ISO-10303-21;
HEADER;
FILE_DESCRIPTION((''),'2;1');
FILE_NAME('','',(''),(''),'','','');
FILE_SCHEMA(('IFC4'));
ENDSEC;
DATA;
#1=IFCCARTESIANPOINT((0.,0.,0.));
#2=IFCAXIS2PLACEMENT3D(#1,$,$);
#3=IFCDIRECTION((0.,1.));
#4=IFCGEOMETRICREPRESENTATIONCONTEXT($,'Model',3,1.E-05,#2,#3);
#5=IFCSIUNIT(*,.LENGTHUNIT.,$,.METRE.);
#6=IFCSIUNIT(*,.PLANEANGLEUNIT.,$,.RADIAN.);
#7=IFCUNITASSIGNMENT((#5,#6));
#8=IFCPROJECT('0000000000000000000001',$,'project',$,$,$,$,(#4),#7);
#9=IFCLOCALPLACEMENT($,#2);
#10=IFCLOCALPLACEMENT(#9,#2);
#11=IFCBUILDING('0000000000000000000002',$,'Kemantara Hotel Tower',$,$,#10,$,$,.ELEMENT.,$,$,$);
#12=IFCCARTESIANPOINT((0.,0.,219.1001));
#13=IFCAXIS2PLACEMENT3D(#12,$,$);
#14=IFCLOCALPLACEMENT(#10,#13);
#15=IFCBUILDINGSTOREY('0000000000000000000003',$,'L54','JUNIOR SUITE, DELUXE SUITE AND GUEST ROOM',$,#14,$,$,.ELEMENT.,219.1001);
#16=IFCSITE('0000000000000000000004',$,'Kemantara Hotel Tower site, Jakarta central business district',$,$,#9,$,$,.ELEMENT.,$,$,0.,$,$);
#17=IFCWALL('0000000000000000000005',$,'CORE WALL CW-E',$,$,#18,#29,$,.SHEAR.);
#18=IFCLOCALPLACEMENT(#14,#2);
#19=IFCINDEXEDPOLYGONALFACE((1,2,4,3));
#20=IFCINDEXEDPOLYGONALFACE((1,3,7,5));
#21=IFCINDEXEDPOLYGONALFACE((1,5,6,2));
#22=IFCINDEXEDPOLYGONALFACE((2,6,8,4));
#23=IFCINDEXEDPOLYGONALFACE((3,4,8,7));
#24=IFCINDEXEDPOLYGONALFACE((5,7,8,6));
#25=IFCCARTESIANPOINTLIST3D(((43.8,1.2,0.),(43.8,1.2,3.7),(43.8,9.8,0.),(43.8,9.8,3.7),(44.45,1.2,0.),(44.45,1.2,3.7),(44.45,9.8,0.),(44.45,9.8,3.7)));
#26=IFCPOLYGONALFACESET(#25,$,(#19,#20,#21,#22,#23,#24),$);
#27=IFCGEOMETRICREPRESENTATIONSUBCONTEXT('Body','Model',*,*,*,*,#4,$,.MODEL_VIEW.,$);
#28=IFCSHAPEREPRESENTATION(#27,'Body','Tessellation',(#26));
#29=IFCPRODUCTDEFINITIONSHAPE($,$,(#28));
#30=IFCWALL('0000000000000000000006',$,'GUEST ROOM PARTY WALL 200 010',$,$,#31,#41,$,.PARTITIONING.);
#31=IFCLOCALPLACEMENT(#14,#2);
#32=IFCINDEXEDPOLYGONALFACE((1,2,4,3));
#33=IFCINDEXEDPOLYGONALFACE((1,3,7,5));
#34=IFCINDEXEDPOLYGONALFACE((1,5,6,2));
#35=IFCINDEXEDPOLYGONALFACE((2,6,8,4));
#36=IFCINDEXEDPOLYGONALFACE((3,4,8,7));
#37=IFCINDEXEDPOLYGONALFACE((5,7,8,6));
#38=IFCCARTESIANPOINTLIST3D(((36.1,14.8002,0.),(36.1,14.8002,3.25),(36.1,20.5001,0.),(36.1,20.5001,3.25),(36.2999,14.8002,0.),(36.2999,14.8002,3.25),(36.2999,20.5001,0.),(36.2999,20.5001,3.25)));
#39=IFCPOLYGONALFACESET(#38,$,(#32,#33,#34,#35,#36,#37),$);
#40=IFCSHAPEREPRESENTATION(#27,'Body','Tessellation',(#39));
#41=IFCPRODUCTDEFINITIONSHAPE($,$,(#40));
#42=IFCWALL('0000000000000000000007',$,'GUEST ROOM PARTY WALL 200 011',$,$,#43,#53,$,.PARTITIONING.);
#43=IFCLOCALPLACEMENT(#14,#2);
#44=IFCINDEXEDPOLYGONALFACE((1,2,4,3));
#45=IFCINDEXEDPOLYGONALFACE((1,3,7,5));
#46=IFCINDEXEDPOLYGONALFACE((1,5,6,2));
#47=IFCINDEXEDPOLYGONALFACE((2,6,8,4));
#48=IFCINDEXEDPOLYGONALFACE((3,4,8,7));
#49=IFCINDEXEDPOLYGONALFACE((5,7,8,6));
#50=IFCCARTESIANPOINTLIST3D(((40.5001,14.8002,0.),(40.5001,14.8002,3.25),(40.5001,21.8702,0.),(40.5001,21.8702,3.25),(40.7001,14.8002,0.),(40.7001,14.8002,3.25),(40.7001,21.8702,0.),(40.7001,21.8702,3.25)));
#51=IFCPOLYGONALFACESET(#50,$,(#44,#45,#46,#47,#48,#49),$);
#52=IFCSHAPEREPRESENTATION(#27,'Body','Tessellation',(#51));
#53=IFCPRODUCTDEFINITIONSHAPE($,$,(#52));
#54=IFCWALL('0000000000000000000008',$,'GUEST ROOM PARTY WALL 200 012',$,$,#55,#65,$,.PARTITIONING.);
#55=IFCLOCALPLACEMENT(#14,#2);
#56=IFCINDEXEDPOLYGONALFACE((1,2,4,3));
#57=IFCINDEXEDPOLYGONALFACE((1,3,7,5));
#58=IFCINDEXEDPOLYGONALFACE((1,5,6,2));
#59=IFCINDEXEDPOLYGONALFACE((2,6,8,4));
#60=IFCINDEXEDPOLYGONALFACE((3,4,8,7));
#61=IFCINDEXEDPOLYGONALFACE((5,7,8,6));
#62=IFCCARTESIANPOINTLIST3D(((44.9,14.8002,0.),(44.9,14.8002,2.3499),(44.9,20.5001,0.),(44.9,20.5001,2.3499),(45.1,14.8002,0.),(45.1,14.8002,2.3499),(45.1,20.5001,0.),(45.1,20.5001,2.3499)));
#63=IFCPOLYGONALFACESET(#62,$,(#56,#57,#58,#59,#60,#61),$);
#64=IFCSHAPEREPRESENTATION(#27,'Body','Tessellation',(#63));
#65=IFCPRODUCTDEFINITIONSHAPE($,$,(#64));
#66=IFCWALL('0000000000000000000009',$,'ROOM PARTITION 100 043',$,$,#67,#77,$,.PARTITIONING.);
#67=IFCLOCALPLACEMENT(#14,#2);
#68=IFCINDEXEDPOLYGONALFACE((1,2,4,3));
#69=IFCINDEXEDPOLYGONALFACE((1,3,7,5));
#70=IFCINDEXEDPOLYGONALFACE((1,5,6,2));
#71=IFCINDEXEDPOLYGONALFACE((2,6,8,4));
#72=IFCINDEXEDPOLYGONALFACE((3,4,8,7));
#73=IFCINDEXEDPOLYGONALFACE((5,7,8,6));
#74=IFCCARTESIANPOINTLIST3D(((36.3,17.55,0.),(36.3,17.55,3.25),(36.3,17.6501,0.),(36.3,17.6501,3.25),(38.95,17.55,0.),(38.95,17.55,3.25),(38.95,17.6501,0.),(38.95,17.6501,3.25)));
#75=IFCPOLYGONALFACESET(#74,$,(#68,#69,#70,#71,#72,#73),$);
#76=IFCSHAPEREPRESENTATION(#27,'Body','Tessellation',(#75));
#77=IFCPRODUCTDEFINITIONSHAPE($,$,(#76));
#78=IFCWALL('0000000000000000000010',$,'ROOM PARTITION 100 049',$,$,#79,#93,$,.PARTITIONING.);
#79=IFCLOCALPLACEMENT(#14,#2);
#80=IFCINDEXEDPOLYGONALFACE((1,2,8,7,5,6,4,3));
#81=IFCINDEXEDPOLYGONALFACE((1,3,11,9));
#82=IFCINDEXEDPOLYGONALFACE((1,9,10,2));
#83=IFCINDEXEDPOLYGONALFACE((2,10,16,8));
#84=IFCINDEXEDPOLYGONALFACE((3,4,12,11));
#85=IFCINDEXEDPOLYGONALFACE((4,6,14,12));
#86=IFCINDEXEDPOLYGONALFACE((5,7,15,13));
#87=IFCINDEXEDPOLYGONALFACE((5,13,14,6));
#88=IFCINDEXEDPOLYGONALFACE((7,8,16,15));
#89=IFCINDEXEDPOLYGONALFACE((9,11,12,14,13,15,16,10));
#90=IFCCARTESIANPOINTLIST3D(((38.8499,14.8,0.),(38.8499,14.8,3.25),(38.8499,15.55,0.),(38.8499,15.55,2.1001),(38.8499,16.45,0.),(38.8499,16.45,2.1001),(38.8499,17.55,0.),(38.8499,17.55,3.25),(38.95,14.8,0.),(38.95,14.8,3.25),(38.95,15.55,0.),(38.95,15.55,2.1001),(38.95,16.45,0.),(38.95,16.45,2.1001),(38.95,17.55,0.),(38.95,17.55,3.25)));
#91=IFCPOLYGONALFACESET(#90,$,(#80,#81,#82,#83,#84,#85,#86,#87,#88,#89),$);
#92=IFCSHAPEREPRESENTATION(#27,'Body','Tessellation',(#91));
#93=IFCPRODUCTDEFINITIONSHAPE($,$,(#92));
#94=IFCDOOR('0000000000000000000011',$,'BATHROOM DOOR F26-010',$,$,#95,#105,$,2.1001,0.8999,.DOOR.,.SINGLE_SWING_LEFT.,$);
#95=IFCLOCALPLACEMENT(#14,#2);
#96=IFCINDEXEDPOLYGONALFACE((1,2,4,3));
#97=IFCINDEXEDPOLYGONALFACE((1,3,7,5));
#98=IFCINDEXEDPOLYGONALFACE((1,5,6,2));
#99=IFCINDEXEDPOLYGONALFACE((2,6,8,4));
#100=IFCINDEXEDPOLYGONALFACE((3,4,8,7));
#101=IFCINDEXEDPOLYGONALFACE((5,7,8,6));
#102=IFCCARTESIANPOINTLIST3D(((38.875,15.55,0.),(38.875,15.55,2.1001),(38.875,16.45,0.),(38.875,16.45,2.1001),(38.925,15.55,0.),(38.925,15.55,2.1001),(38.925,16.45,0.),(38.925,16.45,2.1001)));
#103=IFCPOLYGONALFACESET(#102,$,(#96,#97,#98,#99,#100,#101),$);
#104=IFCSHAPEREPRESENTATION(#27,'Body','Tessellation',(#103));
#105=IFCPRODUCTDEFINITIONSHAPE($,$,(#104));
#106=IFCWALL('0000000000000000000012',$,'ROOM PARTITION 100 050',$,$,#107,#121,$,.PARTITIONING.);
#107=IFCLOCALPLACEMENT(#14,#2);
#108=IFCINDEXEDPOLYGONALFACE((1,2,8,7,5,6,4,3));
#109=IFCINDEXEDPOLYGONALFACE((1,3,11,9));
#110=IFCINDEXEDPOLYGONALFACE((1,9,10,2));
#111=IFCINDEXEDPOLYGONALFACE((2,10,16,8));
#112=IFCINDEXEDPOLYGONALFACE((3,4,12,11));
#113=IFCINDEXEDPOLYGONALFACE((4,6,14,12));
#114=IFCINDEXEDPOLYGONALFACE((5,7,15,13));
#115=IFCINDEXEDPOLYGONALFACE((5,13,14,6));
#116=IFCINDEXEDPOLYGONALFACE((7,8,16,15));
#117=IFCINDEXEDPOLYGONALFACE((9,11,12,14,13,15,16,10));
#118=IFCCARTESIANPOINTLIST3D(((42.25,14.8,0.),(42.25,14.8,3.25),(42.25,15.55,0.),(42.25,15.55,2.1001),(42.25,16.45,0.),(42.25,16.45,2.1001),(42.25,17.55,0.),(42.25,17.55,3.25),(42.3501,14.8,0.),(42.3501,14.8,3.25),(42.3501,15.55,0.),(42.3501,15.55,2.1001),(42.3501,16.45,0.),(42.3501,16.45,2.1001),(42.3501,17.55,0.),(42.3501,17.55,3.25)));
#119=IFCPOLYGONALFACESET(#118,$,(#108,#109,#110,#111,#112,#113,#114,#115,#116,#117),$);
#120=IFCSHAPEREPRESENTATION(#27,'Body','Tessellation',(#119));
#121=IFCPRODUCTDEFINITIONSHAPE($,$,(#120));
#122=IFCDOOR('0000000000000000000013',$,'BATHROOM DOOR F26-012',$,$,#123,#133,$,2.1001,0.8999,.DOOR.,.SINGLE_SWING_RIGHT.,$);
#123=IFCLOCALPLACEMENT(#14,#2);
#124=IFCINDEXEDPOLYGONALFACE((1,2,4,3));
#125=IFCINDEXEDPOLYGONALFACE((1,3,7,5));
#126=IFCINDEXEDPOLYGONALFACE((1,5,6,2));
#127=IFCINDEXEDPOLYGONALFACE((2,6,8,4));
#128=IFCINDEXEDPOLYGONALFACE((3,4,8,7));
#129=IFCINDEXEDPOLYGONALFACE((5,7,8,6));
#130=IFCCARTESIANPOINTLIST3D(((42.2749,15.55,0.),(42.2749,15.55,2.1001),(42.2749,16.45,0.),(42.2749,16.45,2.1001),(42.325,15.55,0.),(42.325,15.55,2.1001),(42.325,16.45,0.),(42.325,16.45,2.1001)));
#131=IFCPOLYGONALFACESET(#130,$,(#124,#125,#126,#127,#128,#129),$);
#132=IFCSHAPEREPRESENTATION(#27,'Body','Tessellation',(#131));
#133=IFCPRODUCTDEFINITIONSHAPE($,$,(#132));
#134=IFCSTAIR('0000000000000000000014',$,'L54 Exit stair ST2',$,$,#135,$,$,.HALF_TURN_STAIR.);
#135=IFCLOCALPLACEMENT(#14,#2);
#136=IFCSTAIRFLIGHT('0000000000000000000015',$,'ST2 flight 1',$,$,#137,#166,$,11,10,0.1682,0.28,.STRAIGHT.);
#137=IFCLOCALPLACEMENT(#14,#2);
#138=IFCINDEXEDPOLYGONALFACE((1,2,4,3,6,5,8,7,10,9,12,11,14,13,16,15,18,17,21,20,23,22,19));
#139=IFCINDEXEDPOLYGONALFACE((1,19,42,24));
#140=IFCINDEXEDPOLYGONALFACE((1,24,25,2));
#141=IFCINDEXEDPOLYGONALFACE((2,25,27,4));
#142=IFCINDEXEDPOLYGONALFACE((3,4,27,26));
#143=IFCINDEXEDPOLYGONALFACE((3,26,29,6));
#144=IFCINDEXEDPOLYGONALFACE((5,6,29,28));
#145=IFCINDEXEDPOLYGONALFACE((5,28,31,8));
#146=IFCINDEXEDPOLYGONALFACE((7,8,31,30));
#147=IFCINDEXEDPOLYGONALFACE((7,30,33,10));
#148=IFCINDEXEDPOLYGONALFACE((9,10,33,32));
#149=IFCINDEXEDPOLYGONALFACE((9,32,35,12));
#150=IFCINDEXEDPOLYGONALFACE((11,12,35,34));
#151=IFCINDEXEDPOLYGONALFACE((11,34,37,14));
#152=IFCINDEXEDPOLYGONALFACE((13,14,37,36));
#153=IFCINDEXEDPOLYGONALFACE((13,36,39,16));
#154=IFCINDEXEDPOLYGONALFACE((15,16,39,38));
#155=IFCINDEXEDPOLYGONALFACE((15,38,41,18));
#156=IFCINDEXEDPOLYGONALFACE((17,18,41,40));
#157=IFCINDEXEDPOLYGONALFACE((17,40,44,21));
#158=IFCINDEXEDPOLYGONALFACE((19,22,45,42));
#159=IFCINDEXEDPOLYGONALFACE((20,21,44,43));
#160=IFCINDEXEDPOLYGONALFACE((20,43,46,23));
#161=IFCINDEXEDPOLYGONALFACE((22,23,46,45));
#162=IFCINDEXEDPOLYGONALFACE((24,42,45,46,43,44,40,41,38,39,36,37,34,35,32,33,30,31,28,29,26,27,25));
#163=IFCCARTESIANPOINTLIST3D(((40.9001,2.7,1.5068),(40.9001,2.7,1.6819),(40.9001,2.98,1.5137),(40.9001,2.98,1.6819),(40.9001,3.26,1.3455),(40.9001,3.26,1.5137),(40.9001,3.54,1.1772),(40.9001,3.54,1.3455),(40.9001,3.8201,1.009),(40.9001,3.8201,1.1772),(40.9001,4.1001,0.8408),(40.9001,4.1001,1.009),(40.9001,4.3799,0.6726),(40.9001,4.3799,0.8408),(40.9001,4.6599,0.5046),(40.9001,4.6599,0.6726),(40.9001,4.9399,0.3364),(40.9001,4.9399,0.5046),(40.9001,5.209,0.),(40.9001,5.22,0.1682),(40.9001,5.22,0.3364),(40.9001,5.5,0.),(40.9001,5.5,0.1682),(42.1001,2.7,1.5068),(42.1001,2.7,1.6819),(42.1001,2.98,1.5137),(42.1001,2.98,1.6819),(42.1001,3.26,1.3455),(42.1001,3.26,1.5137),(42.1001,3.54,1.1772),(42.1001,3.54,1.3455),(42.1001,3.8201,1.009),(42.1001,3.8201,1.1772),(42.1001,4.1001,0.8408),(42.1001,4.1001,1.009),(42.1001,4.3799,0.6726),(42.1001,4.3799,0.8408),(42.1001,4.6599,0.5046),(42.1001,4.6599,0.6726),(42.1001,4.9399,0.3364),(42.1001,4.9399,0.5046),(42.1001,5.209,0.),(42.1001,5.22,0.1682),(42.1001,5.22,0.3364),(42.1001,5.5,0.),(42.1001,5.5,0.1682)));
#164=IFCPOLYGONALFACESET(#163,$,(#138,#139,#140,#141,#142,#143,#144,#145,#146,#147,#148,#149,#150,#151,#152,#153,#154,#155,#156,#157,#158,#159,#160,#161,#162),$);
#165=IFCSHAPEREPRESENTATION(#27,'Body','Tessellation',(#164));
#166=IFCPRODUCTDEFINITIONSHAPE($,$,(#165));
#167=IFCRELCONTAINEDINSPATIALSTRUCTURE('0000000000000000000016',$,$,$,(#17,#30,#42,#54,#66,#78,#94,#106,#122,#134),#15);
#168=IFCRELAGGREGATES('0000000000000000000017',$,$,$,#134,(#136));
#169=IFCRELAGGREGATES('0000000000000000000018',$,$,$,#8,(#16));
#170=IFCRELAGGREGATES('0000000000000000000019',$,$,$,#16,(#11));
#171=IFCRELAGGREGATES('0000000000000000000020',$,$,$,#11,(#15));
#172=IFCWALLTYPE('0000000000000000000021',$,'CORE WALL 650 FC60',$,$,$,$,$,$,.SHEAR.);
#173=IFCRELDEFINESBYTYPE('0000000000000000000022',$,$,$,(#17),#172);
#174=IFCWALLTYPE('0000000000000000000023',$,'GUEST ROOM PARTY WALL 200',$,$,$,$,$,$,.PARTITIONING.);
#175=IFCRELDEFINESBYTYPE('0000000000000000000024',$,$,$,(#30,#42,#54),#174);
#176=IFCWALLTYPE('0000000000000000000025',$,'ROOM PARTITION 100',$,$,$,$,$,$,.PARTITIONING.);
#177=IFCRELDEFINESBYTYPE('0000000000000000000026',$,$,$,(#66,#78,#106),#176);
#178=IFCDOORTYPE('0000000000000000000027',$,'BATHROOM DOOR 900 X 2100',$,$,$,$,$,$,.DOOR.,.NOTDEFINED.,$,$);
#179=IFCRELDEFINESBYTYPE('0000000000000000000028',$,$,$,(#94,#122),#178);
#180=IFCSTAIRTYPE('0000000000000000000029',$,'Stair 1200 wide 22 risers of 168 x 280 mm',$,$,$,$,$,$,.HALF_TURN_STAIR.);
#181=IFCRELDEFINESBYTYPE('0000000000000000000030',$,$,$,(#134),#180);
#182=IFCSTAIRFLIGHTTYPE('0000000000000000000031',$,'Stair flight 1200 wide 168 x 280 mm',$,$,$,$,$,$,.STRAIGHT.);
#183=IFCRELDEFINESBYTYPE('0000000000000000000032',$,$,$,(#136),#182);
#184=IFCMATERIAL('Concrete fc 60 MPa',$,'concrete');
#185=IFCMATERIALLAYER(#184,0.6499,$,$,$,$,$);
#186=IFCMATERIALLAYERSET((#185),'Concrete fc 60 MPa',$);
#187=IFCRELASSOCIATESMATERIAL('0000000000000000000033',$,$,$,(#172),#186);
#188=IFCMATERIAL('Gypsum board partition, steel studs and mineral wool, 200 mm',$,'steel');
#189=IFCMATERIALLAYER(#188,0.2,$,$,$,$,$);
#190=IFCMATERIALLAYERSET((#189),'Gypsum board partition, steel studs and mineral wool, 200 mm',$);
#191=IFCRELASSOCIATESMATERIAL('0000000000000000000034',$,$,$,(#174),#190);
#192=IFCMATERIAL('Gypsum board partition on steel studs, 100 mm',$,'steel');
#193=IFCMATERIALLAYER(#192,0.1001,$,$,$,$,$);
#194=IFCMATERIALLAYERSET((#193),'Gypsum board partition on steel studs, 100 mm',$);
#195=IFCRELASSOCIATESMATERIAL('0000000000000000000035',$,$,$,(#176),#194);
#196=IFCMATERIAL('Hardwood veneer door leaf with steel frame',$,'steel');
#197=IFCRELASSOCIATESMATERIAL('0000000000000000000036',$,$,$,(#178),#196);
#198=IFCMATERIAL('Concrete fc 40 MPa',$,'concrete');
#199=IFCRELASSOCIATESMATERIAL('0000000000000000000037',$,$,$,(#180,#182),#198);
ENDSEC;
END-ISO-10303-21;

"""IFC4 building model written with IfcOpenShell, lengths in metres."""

from ifc_helpers import new_model, si_unit, direction, frame, frame_2d, origin, place, context, subcontext, project, spatial, polyline, rectangle, outline, extrude, material, layer, layer_set, type_object, element, fill, aggregate, save


model = new_model("IFC4")

# Units and contexts
model_context = context("Model", 3, precision=1e-05, world=origin(), true_north=direction((0.0, 1.0)))
body_context = subcontext(model_context, "Body", "Model", "MODEL_VIEW")
ifc_project = project(units=[si_unit("LENGTHUNIT", "METRE"), si_unit("PLANEANGLEUNIT", "RADIAN")], contexts=[model_context])

# Site, building, storey
site_placement = place(None, origin())
site = spatial("IfcSite", under=ifc_project, at=site_placement, Name="Kemantara Hotel Tower site, Jakarta central business district", CompositionType="ELEMENT", RefElevation=0.0)
building_placement = place(site_placement, origin())
building = spatial("IfcBuilding", under=site, at=building_placement, Name="Kemantara Hotel Tower", CompositionType="ELEMENT")
storey_placement = place(building_placement, frame((0.0, 0.0, 219.1001)))
storey = spatial("IfcBuildingStorey", under=building, at=storey_placement, Name="L54", Description="JUNIOR SUITE, DELUXE SUITE AND GUEST ROOM", CompositionType="ELEMENT", Elevation=219.1001)

# Shared definitions
ifc_material_1 = material(Name="Concrete fc 60 MPa", Category="concrete")

# Walls
ifc_layer_1 = layer(ifc_material_1, 0.6499)
ifc_layer_set_1 = layer_set([ifc_layer_1], Name="Concrete fc 60 MPa")
wall_type_1 = type_object("IfcWallType", Name="CORE WALL 650 FC60", PredefinedType="SHEAR", material=ifc_layer_set_1)
wall_1_placement = place(storey_placement, frame((44.125, 1.2, 0.0), z_axis=(0.0, 0.0, 1.0), x_axis=(0.0, 1.0, 0.0)))
element("IfcWall", 1, at=wall_1_placement, inside=storey, type_object=wall_type_1, Name="CORE WALL CW-E", PredefinedType="SHEAR", context=body_context, shape_type="SweptSolid", body=[
    extrude(rectangle(XDim=8.6001, YDim=0.6499, at=frame_2d((4.3, 0.0))), origin(), (0.0, 0.0, 1.0), 3.7),
])
ifc_material_2 = material(Name="Gypsum board partition, steel studs and mineral wool, 200 mm", Category="steel")
ifc_layer_2 = layer(ifc_material_2, 0.2)
ifc_layer_set_2 = layer_set([ifc_layer_2], Name="Gypsum board partition, steel studs and mineral wool, 200 mm")
wall_type_2 = type_object("IfcWallType", Name="GUEST ROOM PARTY WALL 200", PredefinedType="PARTITIONING", material=ifc_layer_set_2)
wall_2_placement = place(storey_placement, frame((36.2, 14.8, 0.0), z_axis=(0.0, 0.0, 1.0), x_axis=(0.0, 1.0, 0.0)))
element("IfcWall", 2, at=wall_2_placement, inside=storey, type_object=wall_type_2, Name="GUEST ROOM PARTY WALL 200 010", PredefinedType="PARTITIONING", context=body_context, shape_type="SweptSolid", body=[
    extrude(rectangle(XDim=5.7, YDim=0.2, at=frame_2d((2.8501, 0.0))), origin(), (0.0, 0.0, 1.0), 3.25),
])
wall_3_placement = place(storey_placement, frame((40.6001, 14.8, 0.0), z_axis=(0.0, 0.0, 1.0), x_axis=(0.0, 1.0, 0.0)))
element("IfcWall", 3, at=wall_3_placement, inside=storey, type_object=wall_type_2, Name="GUEST ROOM PARTY WALL 200 011", PredefinedType="PARTITIONING", context=body_context, shape_type="SweptSolid", body=[
    extrude(rectangle(XDim=7.0701, YDim=0.2, at=frame_2d((3.5352, 0.0))), origin(), (0.0, 0.0, 1.0), 3.25),
])
wall_4_placement = place(storey_placement, frame((45.0, 14.8, 0.0), z_axis=(0.0, 0.0, 1.0), x_axis=(0.0, 1.0, 0.0)))
element("IfcWall", 4, at=wall_4_placement, inside=storey, type_object=wall_type_2, Name="GUEST ROOM PARTY WALL 200 012", PredefinedType="PARTITIONING", context=body_context, shape_type="SweptSolid", body=[
    extrude(rectangle(XDim=5.7, YDim=0.2, at=frame_2d((2.8501, 0.0))), origin(), (0.0, 0.0, 1.0), 2.3499),
])
ifc_material_3 = material(Name="Gypsum board partition on steel studs, 100 mm", Category="steel")
ifc_layer_3 = layer(ifc_material_3, 0.1001)
ifc_layer_set_3 = layer_set([ifc_layer_3], Name="Gypsum board partition on steel studs, 100 mm")
wall_type_3 = type_object("IfcWallType", Name="ROOM PARTITION 100", PredefinedType="PARTITIONING", material=ifc_layer_set_3)
wall_5_placement = place(storey_placement, frame((36.3, 17.6001, 0.0), z_axis=(0.0, 0.0, 1.0), x_axis=(1.0, 0.0, 0.0)))
element("IfcWall", 5, at=wall_5_placement, inside=storey, type_object=wall_type_3, Name="ROOM PARTITION 100 043", PredefinedType="PARTITIONING", context=body_context, shape_type="SweptSolid", body=[
    extrude(rectangle(XDim=2.6499, YDim=0.1001, at=frame_2d((1.325, 0.0))), origin(), (0.0, 0.0, 1.0), 3.25),
])

# Walls, openings, doors
wall_6_placement = place(storey_placement, frame((38.8999, 14.8, 0.0), z_axis=(0.0, 0.0, 1.0), x_axis=(0.0, 1.0, 0.0)))
wall_6 = element("IfcWall", 6, at=wall_6_placement, inside=storey, type_object=wall_type_3, Name="ROOM PARTITION 100 049", PredefinedType="PARTITIONING", context=body_context, shape_type="SweptSolid", body=[
    extrude(rectangle(XDim=2.75, YDim=0.1001, at=frame_2d((1.375, 0.0))), origin(), (0.0, 0.0, 1.0), 3.25),
])
opening_1_placement = place(wall_6_placement, frame((0.75, 0.0, 0.0)))
opening_1 = element("IfcOpeningElement", 7, at=opening_1_placement, cuts=wall_6, PredefinedType="OPENING", context=body_context, shape_type="SweptSolid", body=[
    extrude(rectangle(XDim=0.8999, YDim=2.1001, at=frame_2d((0.45, 1.05))), frame((0.0, 0.0601, 0.0), z_axis=(0.0, -1.0, 0.0), x_axis=(1.0, 0.0, 0.0)), (0.0, 0.0, 1.0), 0.1201),
])
ifc_material_4 = material(Name="Hardwood veneer door leaf with steel frame", Category="steel")
door_type_1 = type_object("IfcDoorType", Name="BATHROOM DOOR 900 X 2100", OperationType="NOTDEFINED", PredefinedType="DOOR", material=ifc_material_4)
door_1_placement = place(opening_1_placement, origin())
door_1 = element("IfcDoor", 8, at=door_1_placement, inside=storey, type_object=door_type_1, Name="BATHROOM DOOR F26-010", OperationType="SINGLE_SWING_LEFT", OverallHeight=2.1001, OverallWidth=0.8999, PredefinedType="DOOR", context=body_context, shape_type="SweptSolid", body=[
    extrude(rectangle(XDim=0.8999, YDim=2.1001, at=frame_2d((0.45, 1.05))), frame((0.0, 0.0249, 0.0), z_axis=(0.0, -1.0, 0.0), x_axis=(1.0, 0.0, 0.0)), (0.0, 0.0, 1.0), 0.05),
])
fill(opening_1, door_1)
wall_7_placement = place(storey_placement, frame((42.3, 17.55, 0.0), z_axis=(0.0, 0.0, 1.0), x_axis=(0.0, -1.0, 0.0)))
wall_7 = element("IfcWall", 9, at=wall_7_placement, inside=storey, type_object=wall_type_3, Name="ROOM PARTITION 100 050", PredefinedType="PARTITIONING", context=body_context, shape_type="SweptSolid", body=[
    extrude(rectangle(XDim=2.75, YDim=0.1001, at=frame_2d((1.375, 0.0))), origin(), (0.0, 0.0, 1.0), 3.25),
])
opening_2_placement = place(wall_7_placement, frame((1.1001, 0.0, 0.0)))
opening_2 = element("IfcOpeningElement", 10, at=opening_2_placement, cuts=wall_7, PredefinedType="OPENING", context=body_context, shape_type="SweptSolid", body=[
    extrude(rectangle(XDim=0.8999, YDim=2.1001, at=frame_2d((0.45, 1.05))), frame((0.0, 0.0601, 0.0), z_axis=(0.0, -1.0, 0.0), x_axis=(1.0, 0.0, 0.0)), (0.0, 0.0, 1.0), 0.1201),
])
door_2_placement = place(opening_2_placement, origin())
door_2 = element("IfcDoor", 11, at=door_2_placement, inside=storey, type_object=door_type_1, Name="BATHROOM DOOR F26-012", OperationType="SINGLE_SWING_RIGHT", OverallHeight=2.1001, OverallWidth=0.8999, PredefinedType="DOOR", context=body_context, shape_type="SweptSolid", body=[
    extrude(rectangle(XDim=0.8999, YDim=2.1001, at=frame_2d((0.45, 1.05))), frame((0.0, 0.0249, 0.0), z_axis=(0.0, -1.0, 0.0), x_axis=(1.0, 0.0, 0.0)), (0.0, 0.0, 1.0), 0.05),
])
fill(opening_2, door_2)

# Stair, stair flight
ifc_material_5 = material(Name="Concrete fc 40 MPa", Category="concrete")
stair_type = type_object("IfcStairType", Name="Stair 1200 wide 22 risers of 168 x 280 mm", PredefinedType="HALF_TURN_STAIR", material=ifc_material_5)
stair_placement = place(storey_placement, origin())
stair = element("IfcStair", 12, at=stair_placement, inside=storey, type_object=stair_type, Name="L54 Exit stair ST2", PredefinedType="HALF_TURN_STAIR")
stair_flight_type = type_object("IfcStairFlightType", Name="Stair flight 1200 wide 168 x 280 mm", PredefinedType="STRAIGHT", material=ifc_material_5)
stair_flight_1_placement = place(storey_placement, frame((41.5, 5.5, 0.0), z_axis=(0.0, 0.0, 1.0), x_axis=(0.0, -1.0, 0.0)))
stair_flight_1 = element("IfcStairFlight", 13, at=stair_flight_1_placement, type_object=stair_flight_type, Name="ST2 flight 1", NumberOfRisers=11, NumberOfTreads=10, PredefinedType="STRAIGHT", RiserHeight=0.1682, TreadLength=0.28, context=body_context, shape_type="SweptSolid", body=[
    extrude(outline(polyline([(0.0, 0.0), (0.0, 0.1682), (0.28, 0.1682), (0.28, 0.3364), (0.5601, 0.3364), (0.5601, 0.5046), (0.8401, 0.5046), (0.8401, 0.6726), (1.1201, 0.6726), (1.1201, 0.8408), (1.3999, 0.8408), (1.3999, 1.009), (1.6799, 1.009), (1.6799, 1.1772), (1.96, 1.1772), (1.96, 1.3455), (2.24, 1.3455), (2.24, 1.5137), (2.52, 1.5137), (2.52, 1.6819), (2.8, 1.6819), (2.8, 1.8501), (2.8, 1.5068), (0.291, 0.0), (0.0, 0.0)])), frame((0.0, 0.6001, 0.0), z_axis=(0.0, -1.0, 0.0), x_axis=(1.0, 0.0, 0.0)), (0.0, 0.0, 1.0), 1.2),
])
aggregate(stair, [stair_flight_1])

save(model, "model.ifc")
